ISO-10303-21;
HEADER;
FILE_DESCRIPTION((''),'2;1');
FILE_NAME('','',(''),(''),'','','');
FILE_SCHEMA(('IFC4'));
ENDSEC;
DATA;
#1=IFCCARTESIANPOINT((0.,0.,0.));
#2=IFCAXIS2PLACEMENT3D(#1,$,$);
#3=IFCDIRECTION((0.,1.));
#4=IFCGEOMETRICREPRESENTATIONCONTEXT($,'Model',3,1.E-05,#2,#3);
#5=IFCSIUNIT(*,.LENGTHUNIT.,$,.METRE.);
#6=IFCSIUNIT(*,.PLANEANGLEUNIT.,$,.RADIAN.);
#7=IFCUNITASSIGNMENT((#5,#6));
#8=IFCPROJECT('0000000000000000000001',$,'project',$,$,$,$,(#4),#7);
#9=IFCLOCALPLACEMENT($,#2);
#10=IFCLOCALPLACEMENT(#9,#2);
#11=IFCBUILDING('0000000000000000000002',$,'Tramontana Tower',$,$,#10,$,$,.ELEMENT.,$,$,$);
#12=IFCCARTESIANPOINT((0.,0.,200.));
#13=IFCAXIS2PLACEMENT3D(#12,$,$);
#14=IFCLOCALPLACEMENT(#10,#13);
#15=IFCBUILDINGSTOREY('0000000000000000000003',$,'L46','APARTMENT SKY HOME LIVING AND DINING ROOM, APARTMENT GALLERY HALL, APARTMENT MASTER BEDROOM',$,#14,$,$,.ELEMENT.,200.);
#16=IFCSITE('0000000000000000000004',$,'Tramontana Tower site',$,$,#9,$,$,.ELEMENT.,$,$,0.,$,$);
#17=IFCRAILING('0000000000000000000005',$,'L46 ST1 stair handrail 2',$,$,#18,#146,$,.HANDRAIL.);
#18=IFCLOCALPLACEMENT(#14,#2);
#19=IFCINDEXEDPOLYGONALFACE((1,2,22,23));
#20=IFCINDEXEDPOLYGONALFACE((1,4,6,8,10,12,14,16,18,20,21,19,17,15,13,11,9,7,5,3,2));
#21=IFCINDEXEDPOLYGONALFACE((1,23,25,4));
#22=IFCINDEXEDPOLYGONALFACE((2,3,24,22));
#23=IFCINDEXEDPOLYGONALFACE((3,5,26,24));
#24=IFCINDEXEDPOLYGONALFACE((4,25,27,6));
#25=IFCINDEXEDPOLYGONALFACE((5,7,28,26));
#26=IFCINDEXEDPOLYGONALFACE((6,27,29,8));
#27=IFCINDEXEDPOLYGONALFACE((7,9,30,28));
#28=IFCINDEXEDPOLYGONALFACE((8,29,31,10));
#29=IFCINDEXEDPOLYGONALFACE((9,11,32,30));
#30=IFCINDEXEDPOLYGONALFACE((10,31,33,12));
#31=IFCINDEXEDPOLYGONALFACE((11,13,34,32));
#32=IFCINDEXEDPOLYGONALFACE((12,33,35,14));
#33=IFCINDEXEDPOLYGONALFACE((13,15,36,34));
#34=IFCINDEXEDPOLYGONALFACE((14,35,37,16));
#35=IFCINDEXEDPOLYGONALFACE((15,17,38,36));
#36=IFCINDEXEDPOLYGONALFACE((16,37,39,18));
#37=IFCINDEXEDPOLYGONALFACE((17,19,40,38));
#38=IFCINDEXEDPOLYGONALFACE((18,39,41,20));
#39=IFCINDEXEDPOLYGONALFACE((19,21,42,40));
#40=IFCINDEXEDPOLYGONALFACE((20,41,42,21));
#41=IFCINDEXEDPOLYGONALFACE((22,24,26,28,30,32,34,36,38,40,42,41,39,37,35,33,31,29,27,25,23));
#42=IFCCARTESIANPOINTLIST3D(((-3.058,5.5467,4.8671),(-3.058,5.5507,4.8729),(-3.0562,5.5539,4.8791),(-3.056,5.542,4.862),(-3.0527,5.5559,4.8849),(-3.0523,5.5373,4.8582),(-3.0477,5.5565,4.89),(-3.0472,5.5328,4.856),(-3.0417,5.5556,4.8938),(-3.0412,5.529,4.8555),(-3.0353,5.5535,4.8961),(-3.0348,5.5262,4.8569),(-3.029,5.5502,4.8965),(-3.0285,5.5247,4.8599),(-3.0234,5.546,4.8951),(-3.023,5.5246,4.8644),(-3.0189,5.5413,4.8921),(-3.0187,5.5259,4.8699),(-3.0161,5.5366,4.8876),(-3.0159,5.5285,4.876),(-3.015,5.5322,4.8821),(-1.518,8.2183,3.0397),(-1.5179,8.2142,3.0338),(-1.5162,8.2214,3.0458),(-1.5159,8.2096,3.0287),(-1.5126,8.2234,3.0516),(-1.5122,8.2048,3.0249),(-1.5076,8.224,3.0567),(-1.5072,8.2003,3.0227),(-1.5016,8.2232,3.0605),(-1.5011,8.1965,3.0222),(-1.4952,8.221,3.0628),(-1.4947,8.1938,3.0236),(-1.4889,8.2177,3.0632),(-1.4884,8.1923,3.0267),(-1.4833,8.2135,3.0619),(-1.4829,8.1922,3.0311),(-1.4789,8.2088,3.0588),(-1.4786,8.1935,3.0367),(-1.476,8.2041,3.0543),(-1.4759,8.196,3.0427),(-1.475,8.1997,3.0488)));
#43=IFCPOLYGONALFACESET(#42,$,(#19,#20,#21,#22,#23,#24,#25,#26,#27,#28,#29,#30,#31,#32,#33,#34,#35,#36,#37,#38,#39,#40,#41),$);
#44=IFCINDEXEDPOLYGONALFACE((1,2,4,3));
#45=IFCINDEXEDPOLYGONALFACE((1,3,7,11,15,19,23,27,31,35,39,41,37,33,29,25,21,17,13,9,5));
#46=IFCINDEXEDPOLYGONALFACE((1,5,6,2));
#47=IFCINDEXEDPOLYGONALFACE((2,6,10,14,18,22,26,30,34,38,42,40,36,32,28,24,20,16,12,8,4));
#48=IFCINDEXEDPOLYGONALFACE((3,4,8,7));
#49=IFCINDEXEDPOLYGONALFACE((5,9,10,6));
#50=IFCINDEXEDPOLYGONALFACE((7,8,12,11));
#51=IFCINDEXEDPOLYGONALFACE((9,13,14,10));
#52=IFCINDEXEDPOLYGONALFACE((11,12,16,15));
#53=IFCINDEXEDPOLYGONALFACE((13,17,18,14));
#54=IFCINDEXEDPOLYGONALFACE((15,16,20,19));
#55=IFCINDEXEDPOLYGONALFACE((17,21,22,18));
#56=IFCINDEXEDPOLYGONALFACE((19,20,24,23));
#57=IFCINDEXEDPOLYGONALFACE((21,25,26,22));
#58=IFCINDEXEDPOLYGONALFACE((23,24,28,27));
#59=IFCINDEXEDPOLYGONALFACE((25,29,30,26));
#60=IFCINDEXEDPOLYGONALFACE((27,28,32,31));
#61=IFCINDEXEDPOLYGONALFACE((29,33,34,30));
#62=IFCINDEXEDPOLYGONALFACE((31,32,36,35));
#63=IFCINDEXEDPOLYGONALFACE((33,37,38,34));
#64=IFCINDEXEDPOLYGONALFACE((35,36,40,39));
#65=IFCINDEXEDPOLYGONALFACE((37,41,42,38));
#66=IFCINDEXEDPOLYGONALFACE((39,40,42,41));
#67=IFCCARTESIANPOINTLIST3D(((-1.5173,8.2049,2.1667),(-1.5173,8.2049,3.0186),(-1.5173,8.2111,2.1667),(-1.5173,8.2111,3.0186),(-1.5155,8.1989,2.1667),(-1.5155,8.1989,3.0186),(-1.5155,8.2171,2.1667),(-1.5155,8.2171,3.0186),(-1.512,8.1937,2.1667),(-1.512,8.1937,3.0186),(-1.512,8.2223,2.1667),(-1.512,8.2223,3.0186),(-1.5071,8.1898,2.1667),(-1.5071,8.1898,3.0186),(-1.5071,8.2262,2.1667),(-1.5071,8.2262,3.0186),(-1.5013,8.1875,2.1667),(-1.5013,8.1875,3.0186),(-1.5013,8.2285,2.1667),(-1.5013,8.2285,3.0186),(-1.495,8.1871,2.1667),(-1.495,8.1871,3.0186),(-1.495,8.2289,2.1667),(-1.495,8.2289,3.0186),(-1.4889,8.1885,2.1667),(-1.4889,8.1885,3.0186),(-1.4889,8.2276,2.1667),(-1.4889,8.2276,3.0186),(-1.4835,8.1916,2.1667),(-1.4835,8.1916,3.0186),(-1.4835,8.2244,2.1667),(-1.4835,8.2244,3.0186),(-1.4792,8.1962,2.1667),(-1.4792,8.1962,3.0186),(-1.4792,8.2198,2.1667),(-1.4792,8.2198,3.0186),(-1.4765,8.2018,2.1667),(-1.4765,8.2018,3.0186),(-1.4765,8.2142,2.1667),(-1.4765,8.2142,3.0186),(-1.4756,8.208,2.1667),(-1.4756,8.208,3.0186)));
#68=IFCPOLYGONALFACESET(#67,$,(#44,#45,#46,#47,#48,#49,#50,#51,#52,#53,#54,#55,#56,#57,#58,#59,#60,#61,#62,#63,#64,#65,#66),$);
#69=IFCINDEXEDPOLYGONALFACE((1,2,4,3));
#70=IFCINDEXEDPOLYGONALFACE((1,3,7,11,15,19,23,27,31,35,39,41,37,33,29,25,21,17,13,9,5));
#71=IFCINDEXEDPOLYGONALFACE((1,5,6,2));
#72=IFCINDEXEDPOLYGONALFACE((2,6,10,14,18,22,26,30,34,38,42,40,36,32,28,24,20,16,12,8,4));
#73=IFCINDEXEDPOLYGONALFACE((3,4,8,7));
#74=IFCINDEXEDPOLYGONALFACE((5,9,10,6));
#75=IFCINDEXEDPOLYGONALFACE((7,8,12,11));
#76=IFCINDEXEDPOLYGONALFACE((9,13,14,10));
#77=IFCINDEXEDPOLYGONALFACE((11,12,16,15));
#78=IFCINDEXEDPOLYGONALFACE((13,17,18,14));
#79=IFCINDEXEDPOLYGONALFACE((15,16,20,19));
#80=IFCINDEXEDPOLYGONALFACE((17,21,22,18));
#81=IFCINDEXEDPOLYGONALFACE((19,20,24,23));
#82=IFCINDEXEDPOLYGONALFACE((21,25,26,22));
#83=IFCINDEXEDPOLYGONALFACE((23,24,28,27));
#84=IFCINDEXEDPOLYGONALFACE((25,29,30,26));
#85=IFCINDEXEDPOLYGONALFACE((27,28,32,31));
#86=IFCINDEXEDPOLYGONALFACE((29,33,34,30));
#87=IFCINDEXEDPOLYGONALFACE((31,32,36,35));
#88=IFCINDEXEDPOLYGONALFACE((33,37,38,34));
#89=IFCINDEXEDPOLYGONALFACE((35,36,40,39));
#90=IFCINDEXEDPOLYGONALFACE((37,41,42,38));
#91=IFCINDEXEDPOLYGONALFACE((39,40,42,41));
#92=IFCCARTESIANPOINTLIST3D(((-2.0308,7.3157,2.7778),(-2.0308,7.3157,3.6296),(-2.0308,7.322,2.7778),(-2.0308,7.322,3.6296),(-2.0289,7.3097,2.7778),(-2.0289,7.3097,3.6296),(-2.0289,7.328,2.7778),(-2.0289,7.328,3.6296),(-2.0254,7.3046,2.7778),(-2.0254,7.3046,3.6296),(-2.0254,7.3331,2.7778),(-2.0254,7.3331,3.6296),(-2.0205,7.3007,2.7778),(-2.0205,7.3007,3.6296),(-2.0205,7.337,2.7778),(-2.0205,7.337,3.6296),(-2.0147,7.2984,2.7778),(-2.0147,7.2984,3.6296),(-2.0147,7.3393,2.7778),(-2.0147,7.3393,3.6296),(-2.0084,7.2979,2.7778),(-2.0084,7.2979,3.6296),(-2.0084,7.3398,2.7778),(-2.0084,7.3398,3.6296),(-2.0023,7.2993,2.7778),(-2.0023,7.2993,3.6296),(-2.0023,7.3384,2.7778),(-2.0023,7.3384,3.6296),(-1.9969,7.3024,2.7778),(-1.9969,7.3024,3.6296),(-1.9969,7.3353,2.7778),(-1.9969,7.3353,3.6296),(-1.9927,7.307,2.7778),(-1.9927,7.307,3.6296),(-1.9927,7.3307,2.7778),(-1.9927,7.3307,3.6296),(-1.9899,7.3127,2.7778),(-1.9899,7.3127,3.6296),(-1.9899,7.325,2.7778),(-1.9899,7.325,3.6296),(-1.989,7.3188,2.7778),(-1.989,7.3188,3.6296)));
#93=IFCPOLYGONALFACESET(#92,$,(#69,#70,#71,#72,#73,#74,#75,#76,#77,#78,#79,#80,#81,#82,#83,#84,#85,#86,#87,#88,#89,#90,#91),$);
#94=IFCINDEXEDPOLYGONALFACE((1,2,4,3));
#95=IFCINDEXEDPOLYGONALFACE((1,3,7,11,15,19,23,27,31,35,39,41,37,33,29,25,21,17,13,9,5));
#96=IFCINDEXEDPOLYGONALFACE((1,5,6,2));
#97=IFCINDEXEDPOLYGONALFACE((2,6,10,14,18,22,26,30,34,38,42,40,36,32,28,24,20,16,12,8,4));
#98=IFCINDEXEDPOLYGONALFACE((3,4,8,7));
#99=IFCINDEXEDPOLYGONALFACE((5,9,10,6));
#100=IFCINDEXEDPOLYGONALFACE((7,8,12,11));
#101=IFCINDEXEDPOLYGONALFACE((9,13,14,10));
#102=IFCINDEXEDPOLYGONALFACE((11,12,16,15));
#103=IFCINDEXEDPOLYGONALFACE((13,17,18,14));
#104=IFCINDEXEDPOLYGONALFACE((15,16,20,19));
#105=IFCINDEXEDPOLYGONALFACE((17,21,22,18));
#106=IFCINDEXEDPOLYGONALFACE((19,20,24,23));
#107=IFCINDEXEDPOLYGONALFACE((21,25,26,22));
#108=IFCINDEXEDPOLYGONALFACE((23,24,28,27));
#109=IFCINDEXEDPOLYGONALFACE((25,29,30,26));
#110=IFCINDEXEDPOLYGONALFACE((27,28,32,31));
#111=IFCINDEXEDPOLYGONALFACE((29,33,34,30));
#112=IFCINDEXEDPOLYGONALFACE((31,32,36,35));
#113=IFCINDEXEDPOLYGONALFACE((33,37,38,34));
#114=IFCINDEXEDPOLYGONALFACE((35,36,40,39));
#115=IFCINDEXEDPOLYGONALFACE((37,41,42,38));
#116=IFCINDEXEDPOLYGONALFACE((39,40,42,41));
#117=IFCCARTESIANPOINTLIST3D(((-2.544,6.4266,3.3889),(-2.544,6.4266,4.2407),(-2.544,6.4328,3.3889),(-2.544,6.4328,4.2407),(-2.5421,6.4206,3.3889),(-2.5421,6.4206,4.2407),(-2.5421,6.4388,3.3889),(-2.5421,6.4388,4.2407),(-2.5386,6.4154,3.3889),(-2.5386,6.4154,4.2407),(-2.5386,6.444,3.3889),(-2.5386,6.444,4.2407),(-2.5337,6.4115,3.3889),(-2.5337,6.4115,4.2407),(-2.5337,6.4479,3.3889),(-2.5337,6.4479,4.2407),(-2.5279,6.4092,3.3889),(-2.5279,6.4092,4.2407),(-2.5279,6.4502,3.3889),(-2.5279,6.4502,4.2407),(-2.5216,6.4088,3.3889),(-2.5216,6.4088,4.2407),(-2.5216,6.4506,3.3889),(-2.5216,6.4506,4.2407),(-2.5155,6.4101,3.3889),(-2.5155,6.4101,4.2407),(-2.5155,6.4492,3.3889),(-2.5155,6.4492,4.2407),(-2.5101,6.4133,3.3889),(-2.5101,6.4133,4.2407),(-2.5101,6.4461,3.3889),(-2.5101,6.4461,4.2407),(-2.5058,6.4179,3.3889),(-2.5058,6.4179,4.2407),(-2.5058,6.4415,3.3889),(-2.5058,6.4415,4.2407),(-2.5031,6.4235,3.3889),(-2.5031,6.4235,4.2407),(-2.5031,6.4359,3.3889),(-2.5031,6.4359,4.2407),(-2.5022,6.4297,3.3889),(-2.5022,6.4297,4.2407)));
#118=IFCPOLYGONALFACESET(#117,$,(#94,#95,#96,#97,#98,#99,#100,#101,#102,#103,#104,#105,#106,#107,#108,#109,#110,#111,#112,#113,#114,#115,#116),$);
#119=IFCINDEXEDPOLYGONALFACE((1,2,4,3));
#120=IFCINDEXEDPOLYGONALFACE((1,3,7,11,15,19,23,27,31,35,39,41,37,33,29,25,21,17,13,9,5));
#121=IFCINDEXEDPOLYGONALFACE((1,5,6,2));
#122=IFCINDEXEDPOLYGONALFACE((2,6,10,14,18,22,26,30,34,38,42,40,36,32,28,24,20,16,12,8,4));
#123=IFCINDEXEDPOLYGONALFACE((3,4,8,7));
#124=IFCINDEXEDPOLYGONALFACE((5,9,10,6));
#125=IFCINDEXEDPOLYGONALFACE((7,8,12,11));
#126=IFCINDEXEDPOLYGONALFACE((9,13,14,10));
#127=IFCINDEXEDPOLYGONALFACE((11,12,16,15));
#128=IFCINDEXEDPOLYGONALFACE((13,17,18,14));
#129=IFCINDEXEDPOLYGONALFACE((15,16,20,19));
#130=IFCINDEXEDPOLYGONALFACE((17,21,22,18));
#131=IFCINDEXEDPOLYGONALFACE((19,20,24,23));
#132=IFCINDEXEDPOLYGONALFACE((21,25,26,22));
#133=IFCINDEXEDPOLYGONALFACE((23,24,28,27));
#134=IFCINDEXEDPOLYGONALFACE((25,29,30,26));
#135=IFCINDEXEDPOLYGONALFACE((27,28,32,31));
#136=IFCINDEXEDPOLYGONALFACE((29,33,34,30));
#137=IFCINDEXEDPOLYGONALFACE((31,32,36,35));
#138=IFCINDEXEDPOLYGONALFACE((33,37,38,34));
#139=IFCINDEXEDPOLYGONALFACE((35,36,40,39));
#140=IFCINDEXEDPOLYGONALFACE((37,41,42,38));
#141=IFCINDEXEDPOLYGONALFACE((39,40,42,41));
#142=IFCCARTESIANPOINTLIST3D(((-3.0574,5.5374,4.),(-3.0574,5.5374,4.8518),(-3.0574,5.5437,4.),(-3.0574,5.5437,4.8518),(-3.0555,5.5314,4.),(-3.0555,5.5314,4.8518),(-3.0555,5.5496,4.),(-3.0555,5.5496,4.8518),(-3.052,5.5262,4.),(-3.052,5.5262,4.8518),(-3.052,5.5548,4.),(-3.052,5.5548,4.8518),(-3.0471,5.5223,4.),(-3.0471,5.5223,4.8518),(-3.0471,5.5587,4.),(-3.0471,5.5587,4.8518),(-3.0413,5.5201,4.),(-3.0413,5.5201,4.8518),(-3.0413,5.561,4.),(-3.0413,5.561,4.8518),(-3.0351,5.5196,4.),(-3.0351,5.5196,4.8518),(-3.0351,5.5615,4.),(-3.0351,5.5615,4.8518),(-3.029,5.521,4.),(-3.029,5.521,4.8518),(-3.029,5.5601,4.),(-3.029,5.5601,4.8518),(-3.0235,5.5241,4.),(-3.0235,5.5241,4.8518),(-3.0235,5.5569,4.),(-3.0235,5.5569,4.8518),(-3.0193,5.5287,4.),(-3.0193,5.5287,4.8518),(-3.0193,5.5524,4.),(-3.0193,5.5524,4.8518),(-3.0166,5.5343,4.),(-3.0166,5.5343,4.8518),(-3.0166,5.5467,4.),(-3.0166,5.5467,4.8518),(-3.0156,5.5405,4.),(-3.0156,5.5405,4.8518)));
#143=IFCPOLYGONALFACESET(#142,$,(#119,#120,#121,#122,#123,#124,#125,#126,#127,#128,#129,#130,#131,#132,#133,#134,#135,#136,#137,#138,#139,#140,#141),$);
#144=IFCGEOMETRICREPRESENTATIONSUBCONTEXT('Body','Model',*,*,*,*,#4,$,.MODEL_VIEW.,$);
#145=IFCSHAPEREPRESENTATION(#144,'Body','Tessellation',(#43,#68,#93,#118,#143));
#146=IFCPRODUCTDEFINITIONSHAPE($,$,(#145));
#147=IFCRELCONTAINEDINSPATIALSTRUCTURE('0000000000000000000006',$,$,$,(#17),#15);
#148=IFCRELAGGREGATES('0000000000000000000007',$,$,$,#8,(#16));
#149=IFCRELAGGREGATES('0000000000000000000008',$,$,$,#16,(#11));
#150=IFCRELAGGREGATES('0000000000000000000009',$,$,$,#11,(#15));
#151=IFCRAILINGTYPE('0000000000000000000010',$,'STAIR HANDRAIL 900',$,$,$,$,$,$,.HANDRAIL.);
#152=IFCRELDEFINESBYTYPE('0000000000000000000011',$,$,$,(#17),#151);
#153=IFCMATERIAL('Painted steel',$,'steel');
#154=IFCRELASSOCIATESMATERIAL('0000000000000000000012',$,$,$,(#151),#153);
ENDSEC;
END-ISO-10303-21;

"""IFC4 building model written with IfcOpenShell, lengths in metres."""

from ifc_helpers import new_model, si_unit, direction, frame, origin, origin_2d, place, context, subcontext, project, spatial, circle, extrude, material, type_object, element, save


model = new_model("IFC4")

# Units and contexts
model_context = context("Model", 3, precision=1e-05, world=origin(), true_north=direction((0.0, 1.0)))
body_context = subcontext(model_context, "Body", "Model", "MODEL_VIEW")
ifc_project = project(units=[si_unit("LENGTHUNIT", "METRE"), si_unit("PLANEANGLEUNIT", "RADIAN")], contexts=[model_context])

# Site, building, storey
site_placement = place(None, origin())
site = spatial("IfcSite", under=ifc_project, at=site_placement, Name="Tramontana Tower site", CompositionType="ELEMENT", RefElevation=0.0)
building_placement = place(site_placement, origin())
building = spatial("IfcBuilding", under=site, at=building_placement, Name="Tramontana Tower", CompositionType="ELEMENT")
storey_placement = place(building_placement, frame((0.0, 0.0, 200.0)))
storey = spatial("IfcBuildingStorey", under=building, at=storey_placement, Name="L46", Description="APARTMENT SKY HOME LIVING AND DINING ROOM, APARTMENT GALLERY HALL, APARTMENT MASTER BEDROOM", CompositionType="ELEMENT", Elevation=200.0)

# Railing
ifc_material_1 = material(Name="Painted steel", Category="steel")
railing_type_1 = type_object("IfcRailingType", Name="STAIR HANDRAIL 900", PredefinedType="HANDRAIL", material=ifc_material_1)
railing_1_placement = place(storey_placement, frame((-1.4966, 8.208, 2.1667)))
element("IfcRailing", 1, at=railing_1_placement, inside=storey, type_object=railing_type_1, Name="L46 ST1 stair handrail 2", PredefinedType="HANDRAIL", context=body_context, shape_type="SweptSolid", body=[
    extrude(circle(Radius=0.0239, at=origin_2d()), frame((0.0, 0.0, 0.876), z_axis=(-0.429649, -0.74419, 0.511452), x_axis=(0.86603, -0.499992, 0.0)), (0.0, 0.0, 1.0), 3.5845),
    extrude(circle(Radius=0.021, at=origin_2d()), origin(), (0.0, 0.0, 1.0), 0.8518),
    extrude(circle(Radius=0.021, at=origin_2d()), frame((-0.5134, -0.8892, 0.6111)), (0.0, 0.0, 1.0), 0.8518),
    extrude(circle(Radius=0.021, at=origin_2d()), frame((-1.0266, -1.7783, 1.2222)), (0.0, 0.0, 1.0), 0.8518),
    extrude(circle(Radius=0.021, at=origin_2d()), frame((-1.54, -2.6675, 1.8333)), (0.0, 0.0, 1.0), 0.8518),
])

save(model, "model.ifc")
